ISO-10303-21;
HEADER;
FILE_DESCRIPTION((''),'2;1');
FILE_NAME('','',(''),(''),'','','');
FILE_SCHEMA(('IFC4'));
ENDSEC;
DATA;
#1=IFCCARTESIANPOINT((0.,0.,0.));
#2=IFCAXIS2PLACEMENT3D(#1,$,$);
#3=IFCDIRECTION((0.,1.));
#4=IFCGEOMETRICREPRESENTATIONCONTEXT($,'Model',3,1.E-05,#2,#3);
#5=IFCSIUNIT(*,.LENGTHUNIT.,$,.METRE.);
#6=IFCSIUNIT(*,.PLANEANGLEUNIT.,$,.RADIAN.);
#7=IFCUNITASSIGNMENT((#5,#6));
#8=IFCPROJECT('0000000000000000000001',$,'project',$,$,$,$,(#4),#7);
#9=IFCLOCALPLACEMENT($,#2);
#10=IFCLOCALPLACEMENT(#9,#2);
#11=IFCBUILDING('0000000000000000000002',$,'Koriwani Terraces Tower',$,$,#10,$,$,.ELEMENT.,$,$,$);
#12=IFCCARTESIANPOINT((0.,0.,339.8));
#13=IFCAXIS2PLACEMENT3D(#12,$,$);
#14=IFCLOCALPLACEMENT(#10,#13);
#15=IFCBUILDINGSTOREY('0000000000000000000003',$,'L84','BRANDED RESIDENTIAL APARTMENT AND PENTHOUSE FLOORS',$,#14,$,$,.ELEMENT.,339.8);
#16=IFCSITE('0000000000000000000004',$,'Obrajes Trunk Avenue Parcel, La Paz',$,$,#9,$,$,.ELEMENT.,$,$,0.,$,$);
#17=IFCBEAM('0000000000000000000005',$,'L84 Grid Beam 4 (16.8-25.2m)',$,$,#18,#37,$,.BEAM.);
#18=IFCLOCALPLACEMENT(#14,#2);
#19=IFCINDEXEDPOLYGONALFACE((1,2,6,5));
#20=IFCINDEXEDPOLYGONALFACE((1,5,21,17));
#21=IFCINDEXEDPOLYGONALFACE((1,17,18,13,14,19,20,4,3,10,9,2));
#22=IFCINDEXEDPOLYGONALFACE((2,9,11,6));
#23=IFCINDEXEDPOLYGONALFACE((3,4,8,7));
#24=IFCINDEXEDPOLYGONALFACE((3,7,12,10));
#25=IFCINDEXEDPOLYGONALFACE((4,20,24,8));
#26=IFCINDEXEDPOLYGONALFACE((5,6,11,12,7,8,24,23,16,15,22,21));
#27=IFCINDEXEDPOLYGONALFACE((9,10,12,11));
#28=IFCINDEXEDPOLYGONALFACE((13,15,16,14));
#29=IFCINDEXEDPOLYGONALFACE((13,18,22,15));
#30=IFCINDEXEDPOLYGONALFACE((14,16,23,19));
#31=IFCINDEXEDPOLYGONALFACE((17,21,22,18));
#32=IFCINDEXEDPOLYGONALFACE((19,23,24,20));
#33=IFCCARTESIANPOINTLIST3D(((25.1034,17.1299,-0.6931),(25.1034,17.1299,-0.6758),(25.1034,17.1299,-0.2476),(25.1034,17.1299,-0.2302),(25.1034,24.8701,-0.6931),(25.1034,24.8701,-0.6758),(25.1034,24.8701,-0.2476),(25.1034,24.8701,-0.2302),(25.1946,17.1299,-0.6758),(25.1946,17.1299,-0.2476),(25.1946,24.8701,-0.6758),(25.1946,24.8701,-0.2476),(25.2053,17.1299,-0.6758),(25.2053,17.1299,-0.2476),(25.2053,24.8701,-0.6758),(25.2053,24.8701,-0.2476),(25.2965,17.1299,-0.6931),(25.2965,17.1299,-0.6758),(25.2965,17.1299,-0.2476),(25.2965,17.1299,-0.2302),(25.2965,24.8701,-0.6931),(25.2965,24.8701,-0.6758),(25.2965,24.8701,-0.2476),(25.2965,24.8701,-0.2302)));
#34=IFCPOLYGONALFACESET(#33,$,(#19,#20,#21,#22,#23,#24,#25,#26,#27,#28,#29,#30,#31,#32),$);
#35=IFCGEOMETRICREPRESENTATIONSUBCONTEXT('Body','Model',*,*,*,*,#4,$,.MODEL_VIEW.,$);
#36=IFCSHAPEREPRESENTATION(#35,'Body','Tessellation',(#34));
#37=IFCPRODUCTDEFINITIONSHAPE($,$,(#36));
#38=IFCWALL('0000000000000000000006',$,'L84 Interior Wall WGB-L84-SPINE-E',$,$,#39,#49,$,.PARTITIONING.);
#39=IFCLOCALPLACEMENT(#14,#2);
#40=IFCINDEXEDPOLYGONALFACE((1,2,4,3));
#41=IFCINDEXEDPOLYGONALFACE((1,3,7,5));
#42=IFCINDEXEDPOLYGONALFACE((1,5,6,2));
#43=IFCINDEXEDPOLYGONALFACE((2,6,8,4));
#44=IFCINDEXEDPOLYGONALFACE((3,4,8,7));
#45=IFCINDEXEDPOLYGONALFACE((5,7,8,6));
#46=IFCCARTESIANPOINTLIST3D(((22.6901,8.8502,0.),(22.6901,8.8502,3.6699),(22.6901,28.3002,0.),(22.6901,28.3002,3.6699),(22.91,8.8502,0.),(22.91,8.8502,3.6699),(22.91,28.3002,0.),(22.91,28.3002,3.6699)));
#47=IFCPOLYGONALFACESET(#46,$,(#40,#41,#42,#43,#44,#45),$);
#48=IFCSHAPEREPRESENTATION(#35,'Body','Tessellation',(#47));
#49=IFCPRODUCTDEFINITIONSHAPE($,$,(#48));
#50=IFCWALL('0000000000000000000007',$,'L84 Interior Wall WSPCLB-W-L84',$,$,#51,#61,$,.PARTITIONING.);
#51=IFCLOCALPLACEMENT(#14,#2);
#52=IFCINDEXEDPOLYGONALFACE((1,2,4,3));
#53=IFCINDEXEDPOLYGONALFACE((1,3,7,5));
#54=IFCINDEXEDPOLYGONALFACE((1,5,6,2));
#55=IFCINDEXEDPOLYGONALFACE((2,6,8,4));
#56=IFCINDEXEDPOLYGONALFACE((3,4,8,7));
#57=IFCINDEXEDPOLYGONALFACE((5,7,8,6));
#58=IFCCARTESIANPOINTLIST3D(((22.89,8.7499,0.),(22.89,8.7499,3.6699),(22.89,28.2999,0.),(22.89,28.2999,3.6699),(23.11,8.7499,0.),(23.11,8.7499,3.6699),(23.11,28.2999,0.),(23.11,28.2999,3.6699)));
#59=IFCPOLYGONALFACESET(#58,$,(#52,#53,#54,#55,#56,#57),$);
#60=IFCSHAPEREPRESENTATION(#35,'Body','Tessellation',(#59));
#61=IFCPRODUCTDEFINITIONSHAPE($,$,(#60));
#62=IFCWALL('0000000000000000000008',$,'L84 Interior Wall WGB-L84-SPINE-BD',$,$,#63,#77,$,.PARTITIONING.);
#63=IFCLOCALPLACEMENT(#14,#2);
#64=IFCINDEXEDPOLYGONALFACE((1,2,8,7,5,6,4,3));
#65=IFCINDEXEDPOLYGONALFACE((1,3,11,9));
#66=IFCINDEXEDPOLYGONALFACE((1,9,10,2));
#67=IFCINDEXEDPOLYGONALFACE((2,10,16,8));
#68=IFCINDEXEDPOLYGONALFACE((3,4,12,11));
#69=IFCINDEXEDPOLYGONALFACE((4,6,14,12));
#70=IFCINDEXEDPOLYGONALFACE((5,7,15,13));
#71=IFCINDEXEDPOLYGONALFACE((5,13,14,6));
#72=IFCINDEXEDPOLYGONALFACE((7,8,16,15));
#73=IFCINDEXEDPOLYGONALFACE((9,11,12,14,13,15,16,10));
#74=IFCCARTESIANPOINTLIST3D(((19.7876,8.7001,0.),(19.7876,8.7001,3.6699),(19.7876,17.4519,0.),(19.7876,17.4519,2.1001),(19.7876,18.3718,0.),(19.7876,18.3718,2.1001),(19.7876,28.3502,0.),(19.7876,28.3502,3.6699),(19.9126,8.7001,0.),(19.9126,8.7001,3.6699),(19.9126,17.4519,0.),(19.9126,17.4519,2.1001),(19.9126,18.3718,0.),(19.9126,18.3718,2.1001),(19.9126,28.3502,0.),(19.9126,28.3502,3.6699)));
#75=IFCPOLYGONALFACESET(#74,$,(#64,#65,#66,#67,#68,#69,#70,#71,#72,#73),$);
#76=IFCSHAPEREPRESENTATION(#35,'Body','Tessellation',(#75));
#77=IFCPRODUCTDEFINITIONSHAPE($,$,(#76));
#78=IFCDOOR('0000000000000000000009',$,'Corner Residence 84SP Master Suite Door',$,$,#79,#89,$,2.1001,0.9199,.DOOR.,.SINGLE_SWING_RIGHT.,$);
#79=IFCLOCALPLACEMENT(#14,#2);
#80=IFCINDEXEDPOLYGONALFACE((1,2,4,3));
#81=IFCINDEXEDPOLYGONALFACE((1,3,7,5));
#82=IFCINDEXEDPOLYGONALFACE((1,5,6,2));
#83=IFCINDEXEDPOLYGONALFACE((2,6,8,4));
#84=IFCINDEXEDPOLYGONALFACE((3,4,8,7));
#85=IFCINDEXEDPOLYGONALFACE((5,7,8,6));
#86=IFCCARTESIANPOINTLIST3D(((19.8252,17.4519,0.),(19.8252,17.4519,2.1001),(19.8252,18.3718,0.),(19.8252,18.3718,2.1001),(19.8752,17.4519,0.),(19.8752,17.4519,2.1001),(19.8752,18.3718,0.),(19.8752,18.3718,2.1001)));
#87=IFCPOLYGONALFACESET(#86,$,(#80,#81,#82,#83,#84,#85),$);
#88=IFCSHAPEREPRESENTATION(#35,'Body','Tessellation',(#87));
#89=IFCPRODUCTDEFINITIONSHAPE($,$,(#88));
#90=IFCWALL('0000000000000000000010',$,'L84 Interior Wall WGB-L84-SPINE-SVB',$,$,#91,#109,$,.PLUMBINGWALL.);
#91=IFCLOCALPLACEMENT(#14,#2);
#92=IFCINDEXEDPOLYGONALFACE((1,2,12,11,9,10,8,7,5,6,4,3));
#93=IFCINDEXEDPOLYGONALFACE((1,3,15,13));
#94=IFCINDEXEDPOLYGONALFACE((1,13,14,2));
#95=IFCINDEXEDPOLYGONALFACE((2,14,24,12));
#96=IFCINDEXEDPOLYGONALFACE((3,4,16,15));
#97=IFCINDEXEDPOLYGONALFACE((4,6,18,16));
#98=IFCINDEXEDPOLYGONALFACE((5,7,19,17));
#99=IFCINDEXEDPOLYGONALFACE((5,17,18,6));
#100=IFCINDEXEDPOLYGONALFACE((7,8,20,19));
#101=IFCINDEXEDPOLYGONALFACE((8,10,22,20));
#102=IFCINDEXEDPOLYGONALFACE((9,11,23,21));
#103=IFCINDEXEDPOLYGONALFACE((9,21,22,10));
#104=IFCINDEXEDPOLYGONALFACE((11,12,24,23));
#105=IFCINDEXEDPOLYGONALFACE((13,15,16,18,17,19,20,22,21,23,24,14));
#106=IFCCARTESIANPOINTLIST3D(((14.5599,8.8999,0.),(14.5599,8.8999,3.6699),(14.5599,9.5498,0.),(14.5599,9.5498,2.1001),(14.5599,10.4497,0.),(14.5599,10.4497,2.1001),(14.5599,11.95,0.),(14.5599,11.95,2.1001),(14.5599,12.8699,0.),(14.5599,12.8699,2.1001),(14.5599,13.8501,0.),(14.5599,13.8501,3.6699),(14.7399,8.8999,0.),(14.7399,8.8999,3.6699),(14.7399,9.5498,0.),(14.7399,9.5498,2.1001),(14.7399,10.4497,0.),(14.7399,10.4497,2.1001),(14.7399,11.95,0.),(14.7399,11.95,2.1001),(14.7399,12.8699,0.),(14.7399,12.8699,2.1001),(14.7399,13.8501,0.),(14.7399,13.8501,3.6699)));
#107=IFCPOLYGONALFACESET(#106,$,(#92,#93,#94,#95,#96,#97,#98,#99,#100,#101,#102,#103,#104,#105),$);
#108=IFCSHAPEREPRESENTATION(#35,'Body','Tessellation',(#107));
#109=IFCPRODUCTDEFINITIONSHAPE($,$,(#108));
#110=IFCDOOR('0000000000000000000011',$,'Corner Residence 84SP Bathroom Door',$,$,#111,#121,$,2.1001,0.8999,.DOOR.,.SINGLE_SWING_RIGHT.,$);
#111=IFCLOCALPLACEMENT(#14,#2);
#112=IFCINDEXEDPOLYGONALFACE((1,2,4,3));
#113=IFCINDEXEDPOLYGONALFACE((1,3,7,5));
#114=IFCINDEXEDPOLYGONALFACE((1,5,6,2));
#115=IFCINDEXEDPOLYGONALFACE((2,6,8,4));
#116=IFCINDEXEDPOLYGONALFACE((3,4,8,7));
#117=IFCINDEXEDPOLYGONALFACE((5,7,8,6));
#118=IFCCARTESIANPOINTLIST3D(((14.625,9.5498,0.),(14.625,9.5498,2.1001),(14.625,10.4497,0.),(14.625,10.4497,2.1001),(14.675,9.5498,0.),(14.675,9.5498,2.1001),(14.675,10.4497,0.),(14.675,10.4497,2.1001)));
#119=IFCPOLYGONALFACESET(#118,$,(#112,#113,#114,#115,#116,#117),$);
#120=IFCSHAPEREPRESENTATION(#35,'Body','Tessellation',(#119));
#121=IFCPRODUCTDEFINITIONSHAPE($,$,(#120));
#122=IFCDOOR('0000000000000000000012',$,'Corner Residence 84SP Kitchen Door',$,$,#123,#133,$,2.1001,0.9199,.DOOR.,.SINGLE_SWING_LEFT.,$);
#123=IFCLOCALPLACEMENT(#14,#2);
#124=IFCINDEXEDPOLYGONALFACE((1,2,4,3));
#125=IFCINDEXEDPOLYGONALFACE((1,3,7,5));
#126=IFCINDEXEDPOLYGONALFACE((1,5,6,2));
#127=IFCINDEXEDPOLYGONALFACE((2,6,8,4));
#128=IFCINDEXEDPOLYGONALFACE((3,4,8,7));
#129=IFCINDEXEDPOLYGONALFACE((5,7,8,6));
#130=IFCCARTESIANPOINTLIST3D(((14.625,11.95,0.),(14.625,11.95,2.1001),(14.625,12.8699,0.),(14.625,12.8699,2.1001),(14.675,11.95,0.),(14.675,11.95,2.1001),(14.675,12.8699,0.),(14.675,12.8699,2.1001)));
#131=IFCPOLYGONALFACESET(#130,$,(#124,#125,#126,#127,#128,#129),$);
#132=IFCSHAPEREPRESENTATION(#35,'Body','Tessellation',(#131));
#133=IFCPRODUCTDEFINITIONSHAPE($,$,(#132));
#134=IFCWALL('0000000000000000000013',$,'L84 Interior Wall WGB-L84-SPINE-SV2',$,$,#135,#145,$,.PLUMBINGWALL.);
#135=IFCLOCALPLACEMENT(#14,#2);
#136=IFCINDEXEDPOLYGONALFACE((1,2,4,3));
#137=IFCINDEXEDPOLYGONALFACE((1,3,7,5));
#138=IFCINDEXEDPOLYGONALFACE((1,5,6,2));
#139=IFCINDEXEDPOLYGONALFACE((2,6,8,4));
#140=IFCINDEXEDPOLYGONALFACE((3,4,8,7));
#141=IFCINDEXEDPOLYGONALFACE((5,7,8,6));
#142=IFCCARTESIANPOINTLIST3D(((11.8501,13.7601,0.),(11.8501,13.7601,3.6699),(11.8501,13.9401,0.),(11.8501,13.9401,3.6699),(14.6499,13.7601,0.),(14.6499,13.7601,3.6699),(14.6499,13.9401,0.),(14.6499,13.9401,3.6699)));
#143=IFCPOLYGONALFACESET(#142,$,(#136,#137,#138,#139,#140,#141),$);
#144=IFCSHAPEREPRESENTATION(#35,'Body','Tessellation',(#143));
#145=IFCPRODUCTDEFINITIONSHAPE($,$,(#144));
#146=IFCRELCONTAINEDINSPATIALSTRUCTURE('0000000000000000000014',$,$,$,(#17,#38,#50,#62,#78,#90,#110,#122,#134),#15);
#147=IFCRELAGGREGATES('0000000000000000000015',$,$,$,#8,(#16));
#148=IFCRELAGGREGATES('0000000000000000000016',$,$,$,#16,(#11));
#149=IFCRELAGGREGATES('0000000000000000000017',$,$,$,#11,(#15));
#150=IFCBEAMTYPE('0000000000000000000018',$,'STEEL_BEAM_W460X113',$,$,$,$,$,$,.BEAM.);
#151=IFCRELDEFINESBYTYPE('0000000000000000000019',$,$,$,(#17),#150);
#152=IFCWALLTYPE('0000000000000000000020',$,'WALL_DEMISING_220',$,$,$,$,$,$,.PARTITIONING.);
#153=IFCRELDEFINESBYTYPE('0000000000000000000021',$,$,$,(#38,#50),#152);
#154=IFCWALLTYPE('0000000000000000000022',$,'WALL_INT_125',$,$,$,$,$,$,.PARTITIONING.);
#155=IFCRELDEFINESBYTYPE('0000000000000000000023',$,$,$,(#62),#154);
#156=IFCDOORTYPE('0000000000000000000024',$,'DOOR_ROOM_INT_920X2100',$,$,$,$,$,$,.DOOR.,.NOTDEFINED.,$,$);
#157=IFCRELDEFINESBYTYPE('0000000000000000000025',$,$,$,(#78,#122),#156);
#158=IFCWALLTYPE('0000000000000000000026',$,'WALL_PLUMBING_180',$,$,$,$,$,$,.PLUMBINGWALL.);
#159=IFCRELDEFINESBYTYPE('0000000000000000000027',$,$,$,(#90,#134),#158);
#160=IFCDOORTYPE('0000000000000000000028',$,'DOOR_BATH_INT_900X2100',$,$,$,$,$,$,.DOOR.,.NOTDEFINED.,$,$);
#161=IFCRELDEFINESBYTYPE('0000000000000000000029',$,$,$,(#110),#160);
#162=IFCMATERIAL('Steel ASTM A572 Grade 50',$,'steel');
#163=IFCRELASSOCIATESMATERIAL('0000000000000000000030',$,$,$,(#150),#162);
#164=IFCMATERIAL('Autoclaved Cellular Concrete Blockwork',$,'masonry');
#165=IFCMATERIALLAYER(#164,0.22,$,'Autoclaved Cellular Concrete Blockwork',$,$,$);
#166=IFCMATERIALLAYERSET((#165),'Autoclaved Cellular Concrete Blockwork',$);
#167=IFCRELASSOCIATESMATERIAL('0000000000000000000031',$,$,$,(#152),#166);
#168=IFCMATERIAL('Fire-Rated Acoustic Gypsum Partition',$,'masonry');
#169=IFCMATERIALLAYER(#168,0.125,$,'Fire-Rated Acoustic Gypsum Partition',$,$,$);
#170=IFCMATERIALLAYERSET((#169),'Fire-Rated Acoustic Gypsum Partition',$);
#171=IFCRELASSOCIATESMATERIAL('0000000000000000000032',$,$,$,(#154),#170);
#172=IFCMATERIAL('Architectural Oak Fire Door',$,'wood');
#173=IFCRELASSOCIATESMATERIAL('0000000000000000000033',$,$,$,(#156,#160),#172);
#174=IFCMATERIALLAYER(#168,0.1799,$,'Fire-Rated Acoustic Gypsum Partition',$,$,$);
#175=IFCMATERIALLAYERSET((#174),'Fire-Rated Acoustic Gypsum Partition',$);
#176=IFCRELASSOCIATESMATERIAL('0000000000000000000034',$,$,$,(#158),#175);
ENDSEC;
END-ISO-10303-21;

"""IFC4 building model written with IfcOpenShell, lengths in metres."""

from ifc_helpers import new_model, si_unit, direction, frame, frame_2d, origin, origin_2d, place, context, subcontext, project, spatial, rectangle, i_section, extrude, material, layer, layer_set, material_profile, profile_set, type_object, element, fill, save


model = new_model("IFC4")

# Units and contexts
model_context = context("Model", 3, precision=1e-05, world=origin(), true_north=direction((0.0, 1.0)))
body_context = subcontext(model_context, "Body", "Model", "MODEL_VIEW")
ifc_project = project(units=[si_unit("LENGTHUNIT", "METRE"), si_unit("PLANEANGLEUNIT", "RADIAN")], contexts=[model_context])

# Site, building, storey
site_placement = place(None, origin())
site = spatial("IfcSite", under=ifc_project, at=site_placement, Name="Obrajes Trunk Avenue Parcel, La Paz", CompositionType="ELEMENT", RefElevation=0.0)
building_placement = place(site_placement, origin())
building = spatial("IfcBuilding", under=site, at=building_placement, Name="Koriwani Terraces Tower", CompositionType="ELEMENT")
storey_placement = place(building_placement, frame((0.0, 0.0, 339.8)))
storey = spatial("IfcBuildingStorey", under=building, at=storey_placement, Name="L84", Description="BRANDED RESIDENTIAL APARTMENT AND PENTHOUSE FLOORS", CompositionType="ELEMENT", Elevation=339.8)

# Beam
ifc_material_1 = material(Name="Steel ASTM A572 Grade 50", Category="steel")
ifc_material_profile_1 = material_profile(ifc_material_1, i_section(OverallWidth=0.1931, OverallDepth=0.4629, WebThickness=0.0107, FlangeThickness=0.0173, at=origin_2d()), Name="Steel ASTM A572 Grade 50", Category="LoadBearing")
ifc_profile_set_1 = profile_set([ifc_material_profile_1], Name="Steel ASTM A572 Grade 50")
beam_type_1 = type_object("IfcBeamType", Name="STEEL_BEAM_W460X113", PredefinedType="BEAM", material=ifc_profile_set_1)
beam_1_placement = place(storey_placement, frame((25.2, 17.1299, -0.4617), z_axis=(0.0, 1.0, 0.0), x_axis=(-1.0, 0.0, 0.0)))
element("IfcBeam", 1, at=beam_1_placement, inside=storey, type_object=beam_type_1, Name="L84 Grid Beam 4 (16.8-25.2m)", PredefinedType="BEAM", context=body_context, shape_type="SweptSolid", body=[
    extrude(i_section(OverallWidth=0.1931, OverallDepth=0.4629, WebThickness=0.0107, FlangeThickness=0.0173, at=origin_2d()), origin(), (0.0, 0.0, 1.0), 7.7402),
])

# Walls
ifc_material_2 = material(Name="Autoclaved Cellular Concrete Blockwork", Category="masonry")
ifc_layer_1 = layer(ifc_material_2, 0.22, Name="Autoclaved Cellular Concrete Blockwork")
ifc_layer_set_1 = layer_set([ifc_layer_1], Name="Autoclaved Cellular Concrete Blockwork")
wall_type_1 = type_object("IfcWallType", Name="WALL_DEMISING_220", PredefinedType="PARTITIONING", material=ifc_layer_set_1)
wall_1_placement = place(storey_placement, frame((22.8, 8.8501, 0.0), z_axis=(0.0, 0.0, 1.0), x_axis=(0.0, 1.0, 0.0)))
element("IfcWall", 2, at=wall_1_placement, inside=storey, type_object=wall_type_1, Name="L84 Interior Wall WGB-L84-SPINE-E", PredefinedType="PARTITIONING", context=body_context, shape_type="SweptSolid", body=[
    extrude(rectangle(XDim=19.45, YDim=0.22, at=frame_2d((9.7251, 0.0))), origin(), (0.0, 0.0, 1.0), 3.6699),
])
wall_2_placement = place(storey_placement, frame((23.0, 8.75, 0.0), z_axis=(0.0, 0.0, 1.0), x_axis=(0.0, 1.0, 0.0)))
element("IfcWall", 3, at=wall_2_placement, inside=storey, type_object=wall_type_1, Name="L84 Interior Wall WSPCLB-W-L84", PredefinedType="PARTITIONING", context=body_context, shape_type="SweptSolid", body=[
    extrude(rectangle(XDim=19.55, YDim=0.22, at=frame_2d((9.7749, 0.0))), origin(), (0.0, 0.0, 1.0), 3.6699),
])

# Wall, opening, door
ifc_material_3 = material(Name="Fire-Rated Acoustic Gypsum Partition", Category="masonry")
ifc_layer_2 = layer(ifc_material_3, 0.125, Name="Fire-Rated Acoustic Gypsum Partition")
ifc_layer_set_2 = layer_set([ifc_layer_2], Name="Fire-Rated Acoustic Gypsum Partition")
wall_type_2 = type_object("IfcWallType", Name="WALL_INT_125", PredefinedType="PARTITIONING", material=ifc_layer_set_2)
wall_3_placement = place(storey_placement, frame((19.8501, 8.7, 0.0), z_axis=(0.0, 0.0, 1.0), x_axis=(0.0, 1.0, 0.0)))
wall_3 = element("IfcWall", 4, at=wall_3_placement, inside=storey, type_object=wall_type_2, Name="L84 Interior Wall WGB-L84-SPINE-BD", PredefinedType="PARTITIONING", context=body_context, shape_type="SweptSolid", body=[
    extrude(rectangle(XDim=19.6501, YDim=0.125, at=frame_2d((9.8252, 0.0))), origin(), (0.0, 0.0, 1.0), 3.6699),
])
opening_1_placement = place(wall_3_placement, frame((8.752, 0.0, 0.0)))
opening_1 = element("IfcOpeningElement", 5, at=opening_1_placement, cuts=wall_3, PredefinedType="OPENING", context=body_context, shape_type="SweptSolid", body=[
    extrude(rectangle(XDim=0.9199, YDim=2.1001, at=frame_2d((0.46, 1.05))), frame((0.0, 0.0725, 0.0), z_axis=(0.0, -1.0, 0.0), x_axis=(1.0, 0.0, 0.0)), (0.0, 0.0, 1.0), 0.145),
])
ifc_material_4 = material(Name="Architectural Oak Fire Door", Category="wood")
door_type_1 = type_object("IfcDoorType", Name="DOOR_ROOM_INT_920X2100", OperationType="NOTDEFINED", PredefinedType="DOOR", material=ifc_material_4)
door_1_placement = place(opening_1_placement, origin())
door_1 = element("IfcDoor", 6, at=door_1_placement, inside=storey, type_object=door_type_1, Name="Corner Residence 84SP Master Suite Door", OperationType="SINGLE_SWING_RIGHT", OverallHeight=2.1001, OverallWidth=0.9199, PredefinedType="DOOR", context=body_context, shape_type="SweptSolid", body=[
    extrude(rectangle(XDim=0.9199, YDim=2.1001, at=frame_2d((0.46, 1.05))), frame((0.0, 0.0249, 0.0), z_axis=(0.0, -1.0, 0.0), x_axis=(1.0, 0.0, 0.0)), (0.0, 0.0, 1.0), 0.05),
])
fill(opening_1, door_1)

# Wall, openings, doors
ifc_layer_3 = layer(ifc_material_3, 0.1799, Name="Fire-Rated Acoustic Gypsum Partition")
ifc_layer_set_3 = layer_set([ifc_layer_3], Name="Fire-Rated Acoustic Gypsum Partition")
wall_type_3 = type_object("IfcWallType", Name="WALL_PLUMBING_180", PredefinedType="PLUMBINGWALL", material=ifc_layer_set_3)
wall_4_placement = place(storey_placement, frame((14.6499, 8.8999, 0.0), z_axis=(0.0, 0.0, 1.0), x_axis=(0.0, 1.0, 0.0)))
wall_4 = element("IfcWall", 7, at=wall_4_placement, inside=storey, type_object=wall_type_3, Name="L84 Interior Wall WGB-L84-SPINE-SVB", PredefinedType="PLUMBINGWALL", context=body_context, shape_type="SweptSolid", body=[
    extrude(rectangle(XDim=4.9502, YDim=0.1799, at=frame_2d((2.4751, 0.0))), origin(), (0.0, 0.0, 1.0), 3.6699),
])
opening_2_placement = place(wall_4_placement, frame((0.6499, 0.0, 0.0)))
opening_2 = element("IfcOpeningElement", 8, at=opening_2_placement, cuts=wall_4, PredefinedType="OPENING", context=body_context, shape_type="SweptSolid", body=[
    extrude(rectangle(XDim=0.8999, YDim=2.1001, at=frame_2d((0.45, 1.05))), frame((0.0, 0.1001, 0.0), z_axis=(0.0, -1.0, 0.0), x_axis=(1.0, 0.0, 0.0)), (0.0, 0.0, 1.0), 0.2),
])
opening_3_placement = place(wall_4_placement, frame((3.05, 0.0, 0.0)))
opening_3 = element("IfcOpeningElement", 9, at=opening_3_placement, cuts=wall_4, PredefinedType="OPENING", context=body_context, shape_type="SweptSolid", body=[
    extrude(rectangle(XDim=0.9199, YDim=2.1001, at=frame_2d((0.46, 1.05))), frame((0.0, 0.1001, 0.0), z_axis=(0.0, -1.0, 0.0), x_axis=(1.0, 0.0, 0.0)), (0.0, 0.0, 1.0), 0.2),
])
door_type_2 = type_object("IfcDoorType", Name="DOOR_BATH_INT_900X2100", OperationType="NOTDEFINED", PredefinedType="DOOR", material=ifc_material_4)
door_2_placement = place(opening_2_placement, origin())
door_2 = element("IfcDoor", 10, at=door_2_placement, inside=storey, type_object=door_type_2, Name="Corner Residence 84SP Bathroom Door", OperationType="SINGLE_SWING_RIGHT", OverallHeight=2.1001, OverallWidth=0.8999, PredefinedType="DOOR", context=body_context, shape_type="SweptSolid", body=[
    extrude(rectangle(XDim=0.8999, YDim=2.1001, at=frame_2d((0.45, 1.05))), frame((0.0, 0.0249, 0.0), z_axis=(0.0, -1.0, 0.0), x_axis=(1.0, 0.0, 0.0)), (0.0, 0.0, 1.0), 0.05),
])
fill(opening_2, door_2)
door_3_placement = place(opening_3_placement, origin())
door_3 = element("IfcDoor", 11, at=door_3_placement, inside=storey, type_object=door_type_1, Name="Corner Residence 84SP Kitchen Door", OperationType="SINGLE_SWING_LEFT", OverallHeight=2.1001, OverallWidth=0.9199, PredefinedType="DOOR", context=body_context, shape_type="SweptSolid", body=[
    extrude(rectangle(XDim=0.9199, YDim=2.1001, at=frame_2d((0.46, 1.05))), frame((0.0, 0.0249, 0.0), z_axis=(0.0, -1.0, 0.0), x_axis=(1.0, 0.0, 0.0)), (0.0, 0.0, 1.0), 0.05),
])
fill(opening_3, door_3)

# Wall
wall_5_placement = place(storey_placement, frame((11.8501, 13.8501, 0.0), z_axis=(0.0, 0.0, 1.0), x_axis=(1.0, 0.0, 0.0)))
element("IfcWall", 12, at=wall_5_placement, inside=storey, type_object=wall_type_3, Name="L84 Interior Wall WGB-L84-SPINE-SV2", PredefinedType="PLUMBINGWALL", context=body_context, shape_type="SweptSolid", body=[
    extrude(rectangle(XDim=2.7998, YDim=0.1799, at=frame_2d((1.3999, 0.0))), origin(), (0.0, 0.0, 1.0), 3.6699),
])

save(model, "model.ifc")
